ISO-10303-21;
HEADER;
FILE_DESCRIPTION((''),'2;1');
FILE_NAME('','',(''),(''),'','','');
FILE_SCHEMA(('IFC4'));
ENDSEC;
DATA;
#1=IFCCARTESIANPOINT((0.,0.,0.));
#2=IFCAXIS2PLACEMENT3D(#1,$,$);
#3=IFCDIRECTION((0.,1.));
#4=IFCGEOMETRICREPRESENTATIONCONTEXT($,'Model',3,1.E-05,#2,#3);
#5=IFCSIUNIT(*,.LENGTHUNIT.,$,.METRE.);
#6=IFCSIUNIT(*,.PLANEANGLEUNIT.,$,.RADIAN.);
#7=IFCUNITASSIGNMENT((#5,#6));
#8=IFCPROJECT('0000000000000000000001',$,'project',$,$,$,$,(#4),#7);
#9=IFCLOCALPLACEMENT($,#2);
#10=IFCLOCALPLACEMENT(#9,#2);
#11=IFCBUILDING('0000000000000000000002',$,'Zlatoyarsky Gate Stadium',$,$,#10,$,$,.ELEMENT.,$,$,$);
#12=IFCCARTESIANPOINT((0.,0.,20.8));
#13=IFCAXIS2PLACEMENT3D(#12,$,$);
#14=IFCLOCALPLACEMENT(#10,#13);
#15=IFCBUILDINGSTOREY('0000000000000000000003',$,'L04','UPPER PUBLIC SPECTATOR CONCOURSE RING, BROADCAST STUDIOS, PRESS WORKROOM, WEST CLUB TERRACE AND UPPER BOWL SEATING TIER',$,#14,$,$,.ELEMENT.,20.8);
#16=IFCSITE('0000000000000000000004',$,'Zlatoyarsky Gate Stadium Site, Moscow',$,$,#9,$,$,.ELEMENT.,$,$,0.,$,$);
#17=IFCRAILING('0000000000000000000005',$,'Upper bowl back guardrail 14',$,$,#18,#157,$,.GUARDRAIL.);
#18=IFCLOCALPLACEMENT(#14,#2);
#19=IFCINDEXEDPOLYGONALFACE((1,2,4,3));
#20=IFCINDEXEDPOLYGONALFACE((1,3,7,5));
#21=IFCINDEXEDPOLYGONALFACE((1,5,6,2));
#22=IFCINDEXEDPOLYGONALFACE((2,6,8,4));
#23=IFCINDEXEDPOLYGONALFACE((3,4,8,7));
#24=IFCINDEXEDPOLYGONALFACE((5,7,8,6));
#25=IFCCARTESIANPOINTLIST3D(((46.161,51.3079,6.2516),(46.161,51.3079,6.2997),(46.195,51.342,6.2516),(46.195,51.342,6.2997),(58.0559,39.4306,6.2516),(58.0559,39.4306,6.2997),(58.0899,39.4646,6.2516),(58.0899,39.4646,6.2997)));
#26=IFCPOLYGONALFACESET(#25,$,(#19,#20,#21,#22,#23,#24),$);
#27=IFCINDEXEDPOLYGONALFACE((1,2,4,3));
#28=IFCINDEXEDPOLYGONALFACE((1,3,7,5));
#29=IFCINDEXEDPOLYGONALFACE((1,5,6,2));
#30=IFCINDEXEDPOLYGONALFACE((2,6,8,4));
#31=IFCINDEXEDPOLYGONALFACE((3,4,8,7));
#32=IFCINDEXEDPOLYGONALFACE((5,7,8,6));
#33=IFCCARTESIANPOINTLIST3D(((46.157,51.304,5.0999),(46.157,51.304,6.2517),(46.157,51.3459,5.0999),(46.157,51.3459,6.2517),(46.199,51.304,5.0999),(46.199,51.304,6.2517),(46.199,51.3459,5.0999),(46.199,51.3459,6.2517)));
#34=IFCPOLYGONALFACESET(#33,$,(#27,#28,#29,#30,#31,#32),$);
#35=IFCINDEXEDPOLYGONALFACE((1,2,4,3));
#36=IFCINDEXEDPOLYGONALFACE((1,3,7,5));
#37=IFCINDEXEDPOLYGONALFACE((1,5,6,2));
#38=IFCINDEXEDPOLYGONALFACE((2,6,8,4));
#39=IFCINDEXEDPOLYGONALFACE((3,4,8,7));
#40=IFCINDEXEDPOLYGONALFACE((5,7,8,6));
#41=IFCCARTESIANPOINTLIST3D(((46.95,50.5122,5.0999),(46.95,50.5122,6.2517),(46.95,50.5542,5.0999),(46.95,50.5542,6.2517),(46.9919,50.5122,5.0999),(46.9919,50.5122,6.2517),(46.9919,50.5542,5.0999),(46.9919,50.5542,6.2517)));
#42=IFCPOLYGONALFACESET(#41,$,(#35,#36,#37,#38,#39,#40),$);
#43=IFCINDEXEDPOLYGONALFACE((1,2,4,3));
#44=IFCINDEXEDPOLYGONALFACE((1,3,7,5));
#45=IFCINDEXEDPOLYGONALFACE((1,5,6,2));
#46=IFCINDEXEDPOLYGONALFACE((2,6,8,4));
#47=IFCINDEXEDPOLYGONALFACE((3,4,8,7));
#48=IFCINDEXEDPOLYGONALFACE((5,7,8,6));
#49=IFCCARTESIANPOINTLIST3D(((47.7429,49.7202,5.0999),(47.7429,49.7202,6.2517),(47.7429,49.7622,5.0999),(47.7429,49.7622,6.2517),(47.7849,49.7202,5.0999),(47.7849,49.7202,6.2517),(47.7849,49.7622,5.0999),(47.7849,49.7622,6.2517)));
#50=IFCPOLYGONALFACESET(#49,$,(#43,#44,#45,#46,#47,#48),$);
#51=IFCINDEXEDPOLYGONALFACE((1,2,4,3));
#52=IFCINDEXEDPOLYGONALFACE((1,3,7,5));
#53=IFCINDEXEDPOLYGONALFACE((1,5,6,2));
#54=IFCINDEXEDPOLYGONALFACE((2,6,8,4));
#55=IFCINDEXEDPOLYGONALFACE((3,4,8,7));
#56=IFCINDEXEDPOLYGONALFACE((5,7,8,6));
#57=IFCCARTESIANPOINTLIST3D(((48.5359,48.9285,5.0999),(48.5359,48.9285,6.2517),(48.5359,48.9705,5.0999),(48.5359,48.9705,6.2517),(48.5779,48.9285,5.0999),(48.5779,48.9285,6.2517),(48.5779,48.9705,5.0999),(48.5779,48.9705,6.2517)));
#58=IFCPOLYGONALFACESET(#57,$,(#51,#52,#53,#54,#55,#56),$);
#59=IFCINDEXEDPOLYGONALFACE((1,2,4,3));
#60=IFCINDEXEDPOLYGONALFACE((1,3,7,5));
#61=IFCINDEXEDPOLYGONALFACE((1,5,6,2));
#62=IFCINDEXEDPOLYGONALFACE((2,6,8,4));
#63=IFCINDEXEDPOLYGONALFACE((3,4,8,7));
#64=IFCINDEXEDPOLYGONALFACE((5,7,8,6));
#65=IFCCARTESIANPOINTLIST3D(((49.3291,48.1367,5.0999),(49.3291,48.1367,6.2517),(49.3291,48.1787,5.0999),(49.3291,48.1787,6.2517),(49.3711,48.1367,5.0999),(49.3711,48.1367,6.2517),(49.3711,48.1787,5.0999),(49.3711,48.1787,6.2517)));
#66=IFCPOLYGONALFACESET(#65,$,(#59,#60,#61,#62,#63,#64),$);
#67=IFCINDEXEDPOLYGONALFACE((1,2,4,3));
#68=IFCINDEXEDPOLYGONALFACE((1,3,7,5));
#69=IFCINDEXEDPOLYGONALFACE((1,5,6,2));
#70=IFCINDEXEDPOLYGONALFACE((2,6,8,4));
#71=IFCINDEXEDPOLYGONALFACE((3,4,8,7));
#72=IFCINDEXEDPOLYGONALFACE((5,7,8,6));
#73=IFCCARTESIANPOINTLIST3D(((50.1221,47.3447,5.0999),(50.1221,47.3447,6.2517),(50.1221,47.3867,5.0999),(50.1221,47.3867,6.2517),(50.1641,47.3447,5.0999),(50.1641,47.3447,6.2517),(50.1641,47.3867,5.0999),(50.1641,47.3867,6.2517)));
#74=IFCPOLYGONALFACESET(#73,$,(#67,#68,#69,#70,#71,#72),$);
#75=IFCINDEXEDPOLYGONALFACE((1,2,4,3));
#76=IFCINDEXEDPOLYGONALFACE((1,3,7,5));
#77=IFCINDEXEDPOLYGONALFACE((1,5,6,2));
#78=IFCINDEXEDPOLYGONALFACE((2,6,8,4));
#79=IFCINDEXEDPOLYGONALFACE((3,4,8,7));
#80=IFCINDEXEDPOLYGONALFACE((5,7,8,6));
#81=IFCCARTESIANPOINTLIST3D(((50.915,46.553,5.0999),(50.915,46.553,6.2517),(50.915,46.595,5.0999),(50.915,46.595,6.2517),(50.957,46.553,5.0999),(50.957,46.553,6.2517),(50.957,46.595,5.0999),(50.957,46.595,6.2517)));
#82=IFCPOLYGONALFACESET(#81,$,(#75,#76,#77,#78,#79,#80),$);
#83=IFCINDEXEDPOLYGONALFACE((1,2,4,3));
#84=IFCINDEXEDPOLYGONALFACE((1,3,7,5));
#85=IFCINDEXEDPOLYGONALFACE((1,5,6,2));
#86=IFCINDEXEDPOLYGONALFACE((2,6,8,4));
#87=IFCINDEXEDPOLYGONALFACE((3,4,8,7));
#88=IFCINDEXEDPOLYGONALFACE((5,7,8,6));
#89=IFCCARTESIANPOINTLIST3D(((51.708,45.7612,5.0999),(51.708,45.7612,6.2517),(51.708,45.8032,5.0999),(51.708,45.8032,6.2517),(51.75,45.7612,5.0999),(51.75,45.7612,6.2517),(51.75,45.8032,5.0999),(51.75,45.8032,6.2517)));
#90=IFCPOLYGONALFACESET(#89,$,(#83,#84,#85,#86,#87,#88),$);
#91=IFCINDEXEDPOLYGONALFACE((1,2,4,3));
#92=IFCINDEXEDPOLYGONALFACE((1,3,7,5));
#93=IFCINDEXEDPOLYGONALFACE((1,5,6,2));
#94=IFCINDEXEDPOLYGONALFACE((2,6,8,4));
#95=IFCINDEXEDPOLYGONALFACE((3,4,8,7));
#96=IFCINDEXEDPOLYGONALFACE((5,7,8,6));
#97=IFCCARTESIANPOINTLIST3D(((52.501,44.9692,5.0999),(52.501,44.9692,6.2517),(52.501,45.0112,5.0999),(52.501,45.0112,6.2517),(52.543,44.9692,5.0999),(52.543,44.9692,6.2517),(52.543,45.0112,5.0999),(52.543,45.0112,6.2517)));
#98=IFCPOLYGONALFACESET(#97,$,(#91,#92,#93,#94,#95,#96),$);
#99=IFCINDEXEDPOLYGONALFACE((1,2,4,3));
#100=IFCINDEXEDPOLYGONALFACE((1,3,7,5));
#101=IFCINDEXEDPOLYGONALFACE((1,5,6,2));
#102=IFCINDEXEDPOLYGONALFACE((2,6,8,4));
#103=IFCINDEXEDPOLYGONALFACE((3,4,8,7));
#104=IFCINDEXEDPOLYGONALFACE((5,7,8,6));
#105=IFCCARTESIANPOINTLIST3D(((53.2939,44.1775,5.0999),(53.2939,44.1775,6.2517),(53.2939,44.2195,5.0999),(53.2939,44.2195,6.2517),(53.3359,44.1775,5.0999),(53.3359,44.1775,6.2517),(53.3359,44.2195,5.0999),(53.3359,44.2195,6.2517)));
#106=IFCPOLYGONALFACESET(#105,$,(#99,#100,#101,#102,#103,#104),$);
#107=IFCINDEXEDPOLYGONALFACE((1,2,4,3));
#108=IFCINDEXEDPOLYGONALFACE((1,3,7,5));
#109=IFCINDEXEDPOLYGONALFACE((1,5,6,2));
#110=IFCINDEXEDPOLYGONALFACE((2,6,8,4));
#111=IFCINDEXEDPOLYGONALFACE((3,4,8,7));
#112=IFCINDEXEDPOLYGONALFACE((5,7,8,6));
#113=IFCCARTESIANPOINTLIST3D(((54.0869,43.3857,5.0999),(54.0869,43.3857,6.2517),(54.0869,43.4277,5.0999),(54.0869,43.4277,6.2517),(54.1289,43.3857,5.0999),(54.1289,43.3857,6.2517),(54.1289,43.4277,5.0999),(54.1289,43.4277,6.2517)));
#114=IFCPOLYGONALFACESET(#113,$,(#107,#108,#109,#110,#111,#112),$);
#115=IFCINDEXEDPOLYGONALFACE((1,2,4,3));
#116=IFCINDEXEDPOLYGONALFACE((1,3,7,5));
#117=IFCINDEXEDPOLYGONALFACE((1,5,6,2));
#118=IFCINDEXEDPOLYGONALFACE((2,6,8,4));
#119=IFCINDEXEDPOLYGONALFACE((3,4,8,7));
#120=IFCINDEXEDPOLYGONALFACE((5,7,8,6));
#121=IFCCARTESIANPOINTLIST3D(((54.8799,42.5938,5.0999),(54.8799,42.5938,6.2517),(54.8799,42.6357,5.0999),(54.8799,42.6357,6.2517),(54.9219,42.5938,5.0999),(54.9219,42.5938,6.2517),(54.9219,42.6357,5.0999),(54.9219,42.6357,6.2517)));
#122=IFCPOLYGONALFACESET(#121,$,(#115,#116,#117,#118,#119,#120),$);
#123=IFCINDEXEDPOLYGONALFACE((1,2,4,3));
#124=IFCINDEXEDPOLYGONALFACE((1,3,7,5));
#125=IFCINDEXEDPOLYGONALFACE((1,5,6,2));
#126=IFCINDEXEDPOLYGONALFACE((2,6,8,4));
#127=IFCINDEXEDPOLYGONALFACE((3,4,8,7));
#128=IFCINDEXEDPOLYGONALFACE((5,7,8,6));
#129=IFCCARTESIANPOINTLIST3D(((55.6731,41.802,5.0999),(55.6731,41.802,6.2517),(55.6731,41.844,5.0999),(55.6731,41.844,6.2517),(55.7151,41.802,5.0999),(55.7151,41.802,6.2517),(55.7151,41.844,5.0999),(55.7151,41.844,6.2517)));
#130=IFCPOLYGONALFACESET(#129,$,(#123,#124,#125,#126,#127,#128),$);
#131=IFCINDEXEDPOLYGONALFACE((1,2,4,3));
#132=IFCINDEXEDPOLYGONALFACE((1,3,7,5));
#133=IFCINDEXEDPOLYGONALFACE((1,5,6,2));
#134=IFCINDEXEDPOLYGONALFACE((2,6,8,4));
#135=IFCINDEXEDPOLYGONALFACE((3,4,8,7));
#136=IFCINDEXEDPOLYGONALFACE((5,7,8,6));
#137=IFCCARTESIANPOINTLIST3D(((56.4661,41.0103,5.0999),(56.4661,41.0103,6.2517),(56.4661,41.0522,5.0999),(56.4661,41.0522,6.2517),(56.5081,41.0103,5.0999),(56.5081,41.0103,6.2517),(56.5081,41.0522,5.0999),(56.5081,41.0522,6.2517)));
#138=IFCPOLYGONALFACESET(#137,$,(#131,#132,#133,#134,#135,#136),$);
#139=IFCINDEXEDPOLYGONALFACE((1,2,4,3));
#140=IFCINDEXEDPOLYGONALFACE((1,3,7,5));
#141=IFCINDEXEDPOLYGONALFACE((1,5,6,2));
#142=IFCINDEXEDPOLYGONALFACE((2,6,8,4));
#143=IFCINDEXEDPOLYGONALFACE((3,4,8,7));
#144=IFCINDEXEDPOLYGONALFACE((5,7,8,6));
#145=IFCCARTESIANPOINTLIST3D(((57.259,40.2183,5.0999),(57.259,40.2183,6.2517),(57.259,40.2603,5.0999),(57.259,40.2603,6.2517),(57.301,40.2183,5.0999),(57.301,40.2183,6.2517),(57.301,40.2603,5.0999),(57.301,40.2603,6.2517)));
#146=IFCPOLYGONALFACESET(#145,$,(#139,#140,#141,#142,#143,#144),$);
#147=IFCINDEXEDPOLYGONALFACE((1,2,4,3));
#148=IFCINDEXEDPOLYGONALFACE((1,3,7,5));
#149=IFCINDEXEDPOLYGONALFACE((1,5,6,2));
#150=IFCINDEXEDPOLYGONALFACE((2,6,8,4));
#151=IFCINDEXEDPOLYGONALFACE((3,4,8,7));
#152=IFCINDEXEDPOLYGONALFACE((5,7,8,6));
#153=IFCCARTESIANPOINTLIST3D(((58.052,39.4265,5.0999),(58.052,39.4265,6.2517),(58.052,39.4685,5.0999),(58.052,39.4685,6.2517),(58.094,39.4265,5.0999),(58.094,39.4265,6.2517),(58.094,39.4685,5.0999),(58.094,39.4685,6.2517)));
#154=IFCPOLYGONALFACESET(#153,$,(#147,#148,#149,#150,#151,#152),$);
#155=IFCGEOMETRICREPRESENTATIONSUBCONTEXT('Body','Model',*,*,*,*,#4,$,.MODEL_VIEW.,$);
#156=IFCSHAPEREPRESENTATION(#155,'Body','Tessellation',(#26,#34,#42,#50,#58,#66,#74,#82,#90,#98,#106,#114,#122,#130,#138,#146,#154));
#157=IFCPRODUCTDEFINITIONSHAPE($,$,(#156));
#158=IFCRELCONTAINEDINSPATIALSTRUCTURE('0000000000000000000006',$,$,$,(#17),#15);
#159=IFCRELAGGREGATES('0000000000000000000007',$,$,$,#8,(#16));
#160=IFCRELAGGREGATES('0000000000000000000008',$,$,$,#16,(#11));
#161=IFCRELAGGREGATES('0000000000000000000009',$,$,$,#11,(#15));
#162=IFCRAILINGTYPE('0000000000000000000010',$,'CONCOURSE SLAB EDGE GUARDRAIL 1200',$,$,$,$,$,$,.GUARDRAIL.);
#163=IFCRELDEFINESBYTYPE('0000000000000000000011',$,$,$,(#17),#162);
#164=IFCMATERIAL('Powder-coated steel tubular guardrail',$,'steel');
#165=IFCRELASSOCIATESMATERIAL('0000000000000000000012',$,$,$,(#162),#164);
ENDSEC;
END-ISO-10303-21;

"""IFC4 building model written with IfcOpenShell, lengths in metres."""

from ifc_helpers import new_model, si_unit, direction, frame, origin, origin_2d, place, context, subcontext, project, spatial, rectangle, extrude, material, type_object, element, save


model = new_model("IFC4")

# Units and contexts
model_context = context("Model", 3, precision=1e-05, world=origin(), true_north=direction((0.0, 1.0)))
body_context = subcontext(model_context, "Body", "Model", "MODEL_VIEW")
ifc_project = project(units=[si_unit("LENGTHUNIT", "METRE"), si_unit("PLANEANGLEUNIT", "RADIAN")], contexts=[model_context])

# Site, building, storey
site_placement = place(None, origin())
site = spatial("IfcSite", under=ifc_project, at=site_placement, Name="Zlatoyarsky Gate Stadium Site, Moscow", CompositionType="ELEMENT", RefElevation=0.0)
building_placement = place(site_placement, origin())
building = spatial("IfcBuilding", under=site, at=building_placement, Name="Zlatoyarsky Gate Stadium", CompositionType="ELEMENT")
storey_placement = place(building_placement, frame((0.0, 0.0, 20.8)))
storey = spatial("IfcBuildingStorey", under=building, at=storey_placement, Name="L04", Description="UPPER PUBLIC SPECTATOR CONCOURSE RING, BROADCAST STUDIOS, PRESS WORKROOM, WEST CLUB TERRACE AND UPPER BOWL SEATING TIER", CompositionType="ELEMENT", Elevation=20.8)

# Railing
ifc_material_1 = material(Name="Powder-coated steel tubular guardrail", Category="steel")
railing_type_1 = type_object("IfcRailingType", Name="CONCOURSE SLAB EDGE GUARDRAIL 1200", PredefinedType="GUARDRAIL", material=ifc_material_1)
railing_1_placement = place(storey_placement, frame((46.178, 51.325, 5.0999)))
element("IfcRailing", 1, at=railing_1_placement, inside=storey, type_object=railing_type_1, Name="Upper bowl back guardrail 14", PredefinedType="GUARDRAIL", context=body_context, shape_type="SweptSolid", body=[
    extrude(rectangle(XDim=0.0481, YDim=0.0481, at=origin_2d()), frame((0.0, 0.0, 1.1758), z_axis=(0.707629, -0.706584, 0.0), x_axis=(0.706584, 0.707629, 0.0)), (0.0, 0.0, 1.0), 16.8096),
    extrude(rectangle(XDim=0.042, YDim=0.042, at=origin_2d()), origin(), (0.0, 0.0, 1.0), 1.1519),
    extrude(rectangle(XDim=0.042, YDim=0.042, at=origin_2d()), frame((0.793, -0.7917, 0.0)), (0.0, 0.0, 1.0), 1.1519),
    extrude(rectangle(XDim=0.042, YDim=0.042, at=origin_2d()), frame((1.5859, -1.5837, 0.0)), (0.0, 0.0, 1.0), 1.1519),
    extrude(rectangle(XDim=0.042, YDim=0.042, at=origin_2d()), frame((2.3789, -2.3755, 0.0)), (0.0, 0.0, 1.0), 1.1519),
    extrude(rectangle(XDim=0.042, YDim=0.042, at=origin_2d()), frame((3.1721, -3.1672, 0.0)), (0.0, 0.0, 1.0), 1.1519),
    extrude(rectangle(XDim=0.042, YDim=0.042, at=origin_2d()), frame((3.9651, -3.9592, 0.0)), (0.0, 0.0, 1.0), 1.1519),
    extrude(rectangle(XDim=0.042, YDim=0.042, at=origin_2d()), frame((4.7581, -4.751, 0.0)), (0.0, 0.0, 1.0), 1.1519),
    extrude(rectangle(XDim=0.042, YDim=0.042, at=origin_2d()), frame((5.551, -5.5427, 0.0)), (0.0, 0.0, 1.0), 1.1519),
    extrude(rectangle(XDim=0.042, YDim=0.042, at=origin_2d()), frame((6.344, -6.3347, 0.0)), (0.0, 0.0, 1.0), 1.1519),
    extrude(rectangle(XDim=0.042, YDim=0.042, at=origin_2d()), frame((7.137, -7.1265, 0.0)), (0.0, 0.0, 1.0), 1.1519),
    extrude(rectangle(XDim=0.042, YDim=0.042, at=origin_2d()), frame((7.9299, -7.9182, 0.0)), (0.0, 0.0, 1.0), 1.1519),
    extrude(rectangle(XDim=0.042, YDim=0.042, at=origin_2d()), frame((8.7229, -8.7102, 0.0)), (0.0, 0.0, 1.0), 1.1519),
    extrude(rectangle(XDim=0.042, YDim=0.042, at=origin_2d()), frame((9.5161, -9.502, 0.0)), (0.0, 0.0, 1.0), 1.1519),
    extrude(rectangle(XDim=0.042, YDim=0.042, at=origin_2d()), frame((10.3091, -10.2937, 0.0)), (0.0, 0.0, 1.0), 1.1519),
    extrude(rectangle(XDim=0.042, YDim=0.042, at=origin_2d()), frame((11.1021, -11.0857, 0.0)), (0.0, 0.0, 1.0), 1.1519),
    extrude(rectangle(XDim=0.042, YDim=0.042, at=origin_2d()), frame((11.895, -11.8774, 0.0)), (0.0, 0.0, 1.0), 1.1519),
])

save(model, "model.ifc")
